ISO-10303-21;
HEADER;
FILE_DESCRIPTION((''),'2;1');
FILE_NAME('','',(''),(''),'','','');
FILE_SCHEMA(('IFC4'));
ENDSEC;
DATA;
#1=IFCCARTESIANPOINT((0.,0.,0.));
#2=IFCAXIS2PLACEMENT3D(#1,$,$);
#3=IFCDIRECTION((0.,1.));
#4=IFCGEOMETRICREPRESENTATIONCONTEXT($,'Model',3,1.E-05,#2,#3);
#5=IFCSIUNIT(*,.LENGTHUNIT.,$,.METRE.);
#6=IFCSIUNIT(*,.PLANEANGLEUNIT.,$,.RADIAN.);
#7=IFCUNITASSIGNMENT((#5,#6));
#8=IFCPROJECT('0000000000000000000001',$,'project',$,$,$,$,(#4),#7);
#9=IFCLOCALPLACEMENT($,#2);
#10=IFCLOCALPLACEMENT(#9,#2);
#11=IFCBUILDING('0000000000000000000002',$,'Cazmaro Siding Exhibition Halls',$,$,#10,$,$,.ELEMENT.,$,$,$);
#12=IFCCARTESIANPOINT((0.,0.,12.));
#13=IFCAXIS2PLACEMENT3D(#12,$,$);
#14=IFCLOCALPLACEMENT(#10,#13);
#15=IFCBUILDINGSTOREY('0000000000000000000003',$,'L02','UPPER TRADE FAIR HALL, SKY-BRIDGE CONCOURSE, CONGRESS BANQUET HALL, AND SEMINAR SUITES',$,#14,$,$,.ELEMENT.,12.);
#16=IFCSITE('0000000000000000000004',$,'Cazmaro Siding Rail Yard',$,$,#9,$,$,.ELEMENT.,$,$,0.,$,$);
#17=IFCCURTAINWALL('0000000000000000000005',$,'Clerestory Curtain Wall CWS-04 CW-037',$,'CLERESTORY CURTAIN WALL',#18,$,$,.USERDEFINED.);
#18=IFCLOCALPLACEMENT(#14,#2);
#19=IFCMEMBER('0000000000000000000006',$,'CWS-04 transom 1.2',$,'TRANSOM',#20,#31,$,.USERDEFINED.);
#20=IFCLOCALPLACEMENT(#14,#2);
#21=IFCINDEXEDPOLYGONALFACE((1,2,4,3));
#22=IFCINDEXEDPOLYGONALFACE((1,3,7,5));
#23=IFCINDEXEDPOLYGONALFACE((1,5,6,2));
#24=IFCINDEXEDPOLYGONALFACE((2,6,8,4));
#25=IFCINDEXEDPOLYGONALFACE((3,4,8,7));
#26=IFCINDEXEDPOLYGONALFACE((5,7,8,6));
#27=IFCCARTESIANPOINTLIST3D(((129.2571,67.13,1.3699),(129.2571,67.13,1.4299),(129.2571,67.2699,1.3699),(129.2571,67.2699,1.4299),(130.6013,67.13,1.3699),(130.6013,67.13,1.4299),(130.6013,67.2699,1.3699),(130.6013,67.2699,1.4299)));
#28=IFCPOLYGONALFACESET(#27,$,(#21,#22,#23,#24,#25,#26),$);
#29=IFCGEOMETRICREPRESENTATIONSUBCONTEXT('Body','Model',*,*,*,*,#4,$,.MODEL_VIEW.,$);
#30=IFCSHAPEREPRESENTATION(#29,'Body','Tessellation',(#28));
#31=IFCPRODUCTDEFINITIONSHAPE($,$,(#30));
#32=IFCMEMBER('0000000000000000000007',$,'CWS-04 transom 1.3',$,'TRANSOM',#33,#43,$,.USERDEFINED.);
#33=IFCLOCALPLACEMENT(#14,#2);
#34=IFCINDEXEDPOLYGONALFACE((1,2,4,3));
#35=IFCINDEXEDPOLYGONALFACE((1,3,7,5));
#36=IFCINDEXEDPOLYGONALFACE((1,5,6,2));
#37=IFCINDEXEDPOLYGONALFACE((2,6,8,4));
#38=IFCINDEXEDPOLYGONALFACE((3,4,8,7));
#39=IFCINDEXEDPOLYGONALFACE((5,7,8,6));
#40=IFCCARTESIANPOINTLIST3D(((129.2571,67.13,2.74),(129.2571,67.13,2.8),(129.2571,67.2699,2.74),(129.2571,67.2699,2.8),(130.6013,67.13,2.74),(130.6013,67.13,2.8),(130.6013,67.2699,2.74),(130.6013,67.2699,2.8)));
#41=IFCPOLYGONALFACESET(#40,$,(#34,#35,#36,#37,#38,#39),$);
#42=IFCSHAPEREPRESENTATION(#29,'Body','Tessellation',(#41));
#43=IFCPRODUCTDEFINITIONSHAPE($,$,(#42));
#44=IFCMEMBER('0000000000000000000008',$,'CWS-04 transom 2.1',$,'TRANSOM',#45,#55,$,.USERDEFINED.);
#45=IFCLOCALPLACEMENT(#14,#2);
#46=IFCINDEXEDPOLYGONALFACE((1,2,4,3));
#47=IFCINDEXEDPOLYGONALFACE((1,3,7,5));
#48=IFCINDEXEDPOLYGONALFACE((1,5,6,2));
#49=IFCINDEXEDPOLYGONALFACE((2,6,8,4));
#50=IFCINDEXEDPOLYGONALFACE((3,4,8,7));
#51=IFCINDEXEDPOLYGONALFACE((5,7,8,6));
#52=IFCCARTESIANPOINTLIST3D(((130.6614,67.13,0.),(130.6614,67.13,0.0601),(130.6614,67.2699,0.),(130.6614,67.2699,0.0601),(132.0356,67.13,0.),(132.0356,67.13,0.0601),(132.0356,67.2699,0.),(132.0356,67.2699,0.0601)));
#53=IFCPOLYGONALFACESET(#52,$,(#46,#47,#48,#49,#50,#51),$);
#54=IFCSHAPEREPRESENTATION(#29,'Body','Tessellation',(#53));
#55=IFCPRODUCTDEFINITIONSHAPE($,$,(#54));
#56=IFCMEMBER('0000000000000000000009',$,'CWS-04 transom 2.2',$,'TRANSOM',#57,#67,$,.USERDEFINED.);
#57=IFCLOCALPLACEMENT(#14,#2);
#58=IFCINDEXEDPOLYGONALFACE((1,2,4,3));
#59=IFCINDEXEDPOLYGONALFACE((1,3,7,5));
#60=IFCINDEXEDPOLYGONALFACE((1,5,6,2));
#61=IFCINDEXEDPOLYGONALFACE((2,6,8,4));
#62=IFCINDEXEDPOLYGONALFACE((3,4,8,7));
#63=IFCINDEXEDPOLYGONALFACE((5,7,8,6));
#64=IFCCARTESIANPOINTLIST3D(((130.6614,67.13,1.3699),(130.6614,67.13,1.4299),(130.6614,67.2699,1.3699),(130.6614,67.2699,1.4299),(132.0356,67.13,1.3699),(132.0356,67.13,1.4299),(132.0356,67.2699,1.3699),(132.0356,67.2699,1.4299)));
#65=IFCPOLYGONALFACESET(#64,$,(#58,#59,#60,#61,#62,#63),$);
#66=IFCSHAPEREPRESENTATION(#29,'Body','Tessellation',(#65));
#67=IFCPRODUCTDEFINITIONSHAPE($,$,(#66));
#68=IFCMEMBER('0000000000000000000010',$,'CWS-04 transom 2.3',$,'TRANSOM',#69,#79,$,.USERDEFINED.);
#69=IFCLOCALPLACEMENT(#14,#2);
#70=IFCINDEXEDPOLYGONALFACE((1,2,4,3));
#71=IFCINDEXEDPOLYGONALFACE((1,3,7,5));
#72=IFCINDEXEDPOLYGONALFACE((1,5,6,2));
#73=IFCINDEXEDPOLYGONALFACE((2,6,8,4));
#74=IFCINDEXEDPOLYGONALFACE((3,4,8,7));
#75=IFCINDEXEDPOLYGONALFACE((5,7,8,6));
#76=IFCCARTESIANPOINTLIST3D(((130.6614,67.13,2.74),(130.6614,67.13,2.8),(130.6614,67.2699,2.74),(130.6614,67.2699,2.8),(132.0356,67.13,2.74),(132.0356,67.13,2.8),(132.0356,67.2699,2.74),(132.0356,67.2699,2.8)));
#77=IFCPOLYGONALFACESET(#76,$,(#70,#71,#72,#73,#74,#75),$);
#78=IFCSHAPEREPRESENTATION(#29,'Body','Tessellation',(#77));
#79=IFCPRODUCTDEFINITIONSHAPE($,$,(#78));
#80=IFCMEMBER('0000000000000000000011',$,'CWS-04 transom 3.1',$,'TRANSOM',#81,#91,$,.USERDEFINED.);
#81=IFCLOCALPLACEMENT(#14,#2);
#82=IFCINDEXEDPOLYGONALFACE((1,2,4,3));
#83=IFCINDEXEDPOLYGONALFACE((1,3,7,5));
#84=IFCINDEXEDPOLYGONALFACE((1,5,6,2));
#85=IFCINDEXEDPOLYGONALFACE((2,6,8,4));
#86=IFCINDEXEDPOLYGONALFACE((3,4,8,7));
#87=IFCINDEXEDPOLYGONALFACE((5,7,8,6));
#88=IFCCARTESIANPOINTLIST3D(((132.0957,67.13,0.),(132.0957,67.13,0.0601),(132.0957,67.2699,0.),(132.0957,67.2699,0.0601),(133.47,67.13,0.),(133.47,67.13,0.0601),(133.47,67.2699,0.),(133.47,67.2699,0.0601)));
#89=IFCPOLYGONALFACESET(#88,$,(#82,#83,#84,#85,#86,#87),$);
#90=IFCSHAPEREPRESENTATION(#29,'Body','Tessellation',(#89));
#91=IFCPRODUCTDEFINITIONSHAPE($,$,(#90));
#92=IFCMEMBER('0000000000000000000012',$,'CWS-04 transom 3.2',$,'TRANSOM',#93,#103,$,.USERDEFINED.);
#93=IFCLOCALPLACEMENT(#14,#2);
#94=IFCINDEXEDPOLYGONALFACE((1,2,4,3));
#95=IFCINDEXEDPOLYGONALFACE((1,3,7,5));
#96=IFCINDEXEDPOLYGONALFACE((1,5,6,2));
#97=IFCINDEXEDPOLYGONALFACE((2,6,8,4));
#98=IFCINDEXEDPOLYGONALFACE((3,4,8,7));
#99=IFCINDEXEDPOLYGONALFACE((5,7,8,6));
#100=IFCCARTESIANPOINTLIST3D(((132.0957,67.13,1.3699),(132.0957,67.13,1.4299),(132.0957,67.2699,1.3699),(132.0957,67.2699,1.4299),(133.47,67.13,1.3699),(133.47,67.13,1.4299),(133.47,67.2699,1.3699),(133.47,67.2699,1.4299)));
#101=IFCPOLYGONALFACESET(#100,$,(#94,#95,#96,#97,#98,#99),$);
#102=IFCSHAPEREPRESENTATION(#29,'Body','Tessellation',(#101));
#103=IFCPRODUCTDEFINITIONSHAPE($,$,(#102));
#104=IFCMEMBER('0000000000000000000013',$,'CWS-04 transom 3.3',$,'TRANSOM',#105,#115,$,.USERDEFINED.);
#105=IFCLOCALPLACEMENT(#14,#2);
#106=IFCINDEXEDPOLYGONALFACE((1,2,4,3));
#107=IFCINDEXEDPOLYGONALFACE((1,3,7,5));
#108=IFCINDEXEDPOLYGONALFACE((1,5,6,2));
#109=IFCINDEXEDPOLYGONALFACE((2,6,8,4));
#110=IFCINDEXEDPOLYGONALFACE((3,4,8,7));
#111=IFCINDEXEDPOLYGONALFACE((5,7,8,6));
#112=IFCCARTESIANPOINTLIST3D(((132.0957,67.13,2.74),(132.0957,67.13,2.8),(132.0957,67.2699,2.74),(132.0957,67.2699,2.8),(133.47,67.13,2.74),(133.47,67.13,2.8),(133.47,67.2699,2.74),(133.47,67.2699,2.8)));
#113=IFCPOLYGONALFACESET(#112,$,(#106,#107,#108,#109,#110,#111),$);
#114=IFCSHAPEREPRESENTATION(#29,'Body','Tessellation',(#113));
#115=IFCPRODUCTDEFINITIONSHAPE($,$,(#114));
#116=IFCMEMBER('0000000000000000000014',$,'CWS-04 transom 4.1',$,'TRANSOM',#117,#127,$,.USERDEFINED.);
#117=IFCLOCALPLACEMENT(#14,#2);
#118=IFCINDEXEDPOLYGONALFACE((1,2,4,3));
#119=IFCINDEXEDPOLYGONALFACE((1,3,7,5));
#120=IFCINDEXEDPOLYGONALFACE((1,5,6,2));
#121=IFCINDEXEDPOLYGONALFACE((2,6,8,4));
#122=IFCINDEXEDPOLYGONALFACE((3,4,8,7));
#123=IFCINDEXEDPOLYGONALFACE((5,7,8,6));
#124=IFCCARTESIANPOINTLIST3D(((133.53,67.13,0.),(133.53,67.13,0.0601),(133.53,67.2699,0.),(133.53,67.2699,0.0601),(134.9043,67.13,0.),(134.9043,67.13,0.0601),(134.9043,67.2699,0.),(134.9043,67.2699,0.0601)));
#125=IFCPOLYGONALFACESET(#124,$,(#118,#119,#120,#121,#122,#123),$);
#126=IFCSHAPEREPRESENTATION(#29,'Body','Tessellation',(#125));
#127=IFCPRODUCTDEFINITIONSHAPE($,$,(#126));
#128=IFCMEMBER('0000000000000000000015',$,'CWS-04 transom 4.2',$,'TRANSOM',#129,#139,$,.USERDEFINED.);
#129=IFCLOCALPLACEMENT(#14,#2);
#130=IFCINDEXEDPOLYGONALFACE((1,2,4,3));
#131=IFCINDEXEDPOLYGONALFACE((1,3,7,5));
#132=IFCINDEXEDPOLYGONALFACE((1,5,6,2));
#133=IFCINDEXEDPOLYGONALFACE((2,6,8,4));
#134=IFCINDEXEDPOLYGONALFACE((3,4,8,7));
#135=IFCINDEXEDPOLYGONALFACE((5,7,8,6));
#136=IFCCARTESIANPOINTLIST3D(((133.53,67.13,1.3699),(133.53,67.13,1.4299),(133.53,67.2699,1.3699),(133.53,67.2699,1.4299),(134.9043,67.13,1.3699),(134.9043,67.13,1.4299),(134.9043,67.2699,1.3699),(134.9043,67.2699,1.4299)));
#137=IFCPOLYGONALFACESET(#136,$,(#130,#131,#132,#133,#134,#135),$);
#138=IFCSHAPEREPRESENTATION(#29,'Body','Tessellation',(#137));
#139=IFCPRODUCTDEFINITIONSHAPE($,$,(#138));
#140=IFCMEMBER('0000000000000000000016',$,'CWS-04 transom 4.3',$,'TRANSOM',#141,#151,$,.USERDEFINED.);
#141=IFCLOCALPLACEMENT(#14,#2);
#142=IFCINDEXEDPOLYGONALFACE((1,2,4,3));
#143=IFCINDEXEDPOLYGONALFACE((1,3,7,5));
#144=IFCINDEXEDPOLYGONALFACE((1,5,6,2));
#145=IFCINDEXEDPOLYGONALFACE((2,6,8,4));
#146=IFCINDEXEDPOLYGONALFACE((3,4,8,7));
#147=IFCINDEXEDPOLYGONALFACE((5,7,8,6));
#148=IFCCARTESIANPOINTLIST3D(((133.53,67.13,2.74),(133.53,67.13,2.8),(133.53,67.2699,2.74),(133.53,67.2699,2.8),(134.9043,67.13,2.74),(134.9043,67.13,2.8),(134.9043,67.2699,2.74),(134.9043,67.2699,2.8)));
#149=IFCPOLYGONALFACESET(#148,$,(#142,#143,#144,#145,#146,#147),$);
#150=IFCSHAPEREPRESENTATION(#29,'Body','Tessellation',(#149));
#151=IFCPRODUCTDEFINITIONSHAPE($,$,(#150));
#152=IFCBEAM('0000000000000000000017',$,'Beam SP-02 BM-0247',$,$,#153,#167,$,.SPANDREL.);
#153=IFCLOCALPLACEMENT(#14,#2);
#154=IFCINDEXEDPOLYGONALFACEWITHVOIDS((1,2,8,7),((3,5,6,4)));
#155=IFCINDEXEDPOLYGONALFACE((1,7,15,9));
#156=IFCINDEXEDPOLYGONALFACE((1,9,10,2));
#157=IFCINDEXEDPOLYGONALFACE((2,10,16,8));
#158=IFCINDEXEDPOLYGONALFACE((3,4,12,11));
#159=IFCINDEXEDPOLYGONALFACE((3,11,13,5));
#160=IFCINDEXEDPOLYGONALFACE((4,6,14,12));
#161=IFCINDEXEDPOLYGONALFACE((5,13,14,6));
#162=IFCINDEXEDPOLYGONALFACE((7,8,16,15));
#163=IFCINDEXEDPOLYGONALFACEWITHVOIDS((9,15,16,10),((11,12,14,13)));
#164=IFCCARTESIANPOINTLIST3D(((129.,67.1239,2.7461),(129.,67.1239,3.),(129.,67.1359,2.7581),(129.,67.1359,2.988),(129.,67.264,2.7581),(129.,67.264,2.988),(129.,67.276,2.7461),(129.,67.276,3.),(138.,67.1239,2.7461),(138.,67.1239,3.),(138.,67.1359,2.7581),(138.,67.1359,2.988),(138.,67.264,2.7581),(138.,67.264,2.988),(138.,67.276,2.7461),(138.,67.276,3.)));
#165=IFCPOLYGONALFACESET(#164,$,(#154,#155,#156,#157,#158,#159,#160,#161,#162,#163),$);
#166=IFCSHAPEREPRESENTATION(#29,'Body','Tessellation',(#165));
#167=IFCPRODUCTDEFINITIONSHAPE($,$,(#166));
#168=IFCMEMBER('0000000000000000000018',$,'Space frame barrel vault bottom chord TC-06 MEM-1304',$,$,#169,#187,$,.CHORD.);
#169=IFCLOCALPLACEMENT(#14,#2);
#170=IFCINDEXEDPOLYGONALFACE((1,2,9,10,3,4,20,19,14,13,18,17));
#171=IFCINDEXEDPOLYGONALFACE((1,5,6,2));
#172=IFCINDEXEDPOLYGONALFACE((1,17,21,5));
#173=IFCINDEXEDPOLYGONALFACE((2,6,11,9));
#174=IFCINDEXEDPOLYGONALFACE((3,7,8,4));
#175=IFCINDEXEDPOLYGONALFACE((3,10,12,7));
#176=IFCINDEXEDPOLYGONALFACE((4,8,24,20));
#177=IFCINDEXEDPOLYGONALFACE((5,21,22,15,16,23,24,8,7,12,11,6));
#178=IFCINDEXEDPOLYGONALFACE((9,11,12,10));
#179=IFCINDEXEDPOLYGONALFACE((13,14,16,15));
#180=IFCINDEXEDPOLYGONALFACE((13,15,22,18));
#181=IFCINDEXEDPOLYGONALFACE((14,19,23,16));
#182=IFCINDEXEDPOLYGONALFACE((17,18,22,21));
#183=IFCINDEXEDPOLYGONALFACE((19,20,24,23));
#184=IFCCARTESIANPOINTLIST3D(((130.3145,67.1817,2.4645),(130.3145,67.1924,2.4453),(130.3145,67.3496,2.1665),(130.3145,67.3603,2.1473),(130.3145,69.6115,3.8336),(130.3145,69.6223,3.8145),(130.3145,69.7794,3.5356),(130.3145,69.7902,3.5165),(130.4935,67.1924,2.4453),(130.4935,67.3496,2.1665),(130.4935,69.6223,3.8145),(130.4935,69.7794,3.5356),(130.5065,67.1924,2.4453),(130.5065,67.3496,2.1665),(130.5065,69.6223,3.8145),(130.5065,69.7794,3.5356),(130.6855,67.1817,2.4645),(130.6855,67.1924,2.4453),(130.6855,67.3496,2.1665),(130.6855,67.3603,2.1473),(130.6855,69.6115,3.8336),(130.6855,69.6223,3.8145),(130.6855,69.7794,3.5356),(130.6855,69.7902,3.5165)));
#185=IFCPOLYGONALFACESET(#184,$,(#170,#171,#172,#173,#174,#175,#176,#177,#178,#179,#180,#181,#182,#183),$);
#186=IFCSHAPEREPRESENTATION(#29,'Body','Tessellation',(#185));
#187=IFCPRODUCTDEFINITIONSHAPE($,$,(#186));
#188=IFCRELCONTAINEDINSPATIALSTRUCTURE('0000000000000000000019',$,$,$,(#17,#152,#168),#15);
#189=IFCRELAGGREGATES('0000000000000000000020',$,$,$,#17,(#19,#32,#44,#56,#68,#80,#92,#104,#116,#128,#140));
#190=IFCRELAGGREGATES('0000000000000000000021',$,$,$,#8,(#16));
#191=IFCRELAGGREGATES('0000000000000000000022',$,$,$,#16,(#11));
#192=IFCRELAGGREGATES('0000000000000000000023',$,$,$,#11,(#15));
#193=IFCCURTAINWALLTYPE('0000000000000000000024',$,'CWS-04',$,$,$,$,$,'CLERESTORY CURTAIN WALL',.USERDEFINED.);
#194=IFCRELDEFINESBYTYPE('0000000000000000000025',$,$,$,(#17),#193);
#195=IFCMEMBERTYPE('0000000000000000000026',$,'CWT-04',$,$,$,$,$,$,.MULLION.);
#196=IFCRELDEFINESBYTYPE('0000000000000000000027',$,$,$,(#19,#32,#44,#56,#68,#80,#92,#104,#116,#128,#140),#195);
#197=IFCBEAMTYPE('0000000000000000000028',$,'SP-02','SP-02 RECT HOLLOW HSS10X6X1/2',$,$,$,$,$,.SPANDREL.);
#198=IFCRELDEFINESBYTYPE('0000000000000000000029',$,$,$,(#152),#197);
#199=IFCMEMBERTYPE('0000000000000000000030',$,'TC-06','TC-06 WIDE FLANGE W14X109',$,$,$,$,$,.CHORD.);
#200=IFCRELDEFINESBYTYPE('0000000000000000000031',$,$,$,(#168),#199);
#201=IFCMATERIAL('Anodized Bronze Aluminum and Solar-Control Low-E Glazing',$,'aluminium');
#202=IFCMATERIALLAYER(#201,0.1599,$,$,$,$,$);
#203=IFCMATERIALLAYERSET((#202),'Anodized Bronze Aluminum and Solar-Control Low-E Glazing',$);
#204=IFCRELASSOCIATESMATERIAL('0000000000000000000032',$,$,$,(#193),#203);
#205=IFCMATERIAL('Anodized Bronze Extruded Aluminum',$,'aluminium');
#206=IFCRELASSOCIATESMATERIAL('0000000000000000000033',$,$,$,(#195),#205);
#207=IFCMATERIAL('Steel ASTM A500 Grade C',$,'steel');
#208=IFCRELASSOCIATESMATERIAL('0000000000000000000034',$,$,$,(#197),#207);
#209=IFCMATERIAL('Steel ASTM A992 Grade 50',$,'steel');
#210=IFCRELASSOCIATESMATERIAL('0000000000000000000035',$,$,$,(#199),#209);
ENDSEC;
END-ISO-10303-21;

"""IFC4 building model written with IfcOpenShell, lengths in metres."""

from ifc_helpers import new_model, si_unit, direction, frame, origin, origin_2d, place, context, subcontext, project, spatial, rectangle, hollow_rectangle, i_section, extrude, material, layer, layer_set, material_profile, profile_set, type_object, element, aggregate, save


model = new_model("IFC4")

# Units and contexts
model_context = context("Model", 3, precision=1e-05, world=origin(), true_north=direction((0.0, 1.0)))
body_context = subcontext(model_context, "Body", "Model", "MODEL_VIEW")
ifc_project = project(units=[si_unit("LENGTHUNIT", "METRE"), si_unit("PLANEANGLEUNIT", "RADIAN")], contexts=[model_context])

# Site, building, storey
site_placement = place(None, origin())
site = spatial("IfcSite", under=ifc_project, at=site_placement, Name="Cazmaro Siding Rail Yard", CompositionType="ELEMENT", RefElevation=0.0)
building_placement = place(site_placement, origin())
building = spatial("IfcBuilding", under=site, at=building_placement, Name="Cazmaro Siding Exhibition Halls", CompositionType="ELEMENT")
storey_placement = place(building_placement, frame((0.0, 0.0, 12.0)))
storey = spatial("IfcBuildingStorey", under=building, at=storey_placement, Name="L02", Description="UPPER TRADE FAIR HALL, SKY-BRIDGE CONCOURSE, CONGRESS BANQUET HALL, AND SEMINAR SUITES", CompositionType="ELEMENT", Elevation=12.0)

# Shared definitions
ifc_material_1 = material(Name="Anodized Bronze Aluminum and Solar-Control Low-E Glazing", Category="aluminium")
ifc_layer_1 = layer(ifc_material_1, 0.1599)
ifc_layer_set_1 = layer_set([ifc_layer_1], Name="Anodized Bronze Aluminum and Solar-Control Low-E Glazing")
curtain_wall_type = type_object("IfcCurtainWallType", Name="CWS-04", ElementType="CLERESTORY CURTAIN WALL", PredefinedType="USERDEFINED", material=ifc_layer_set_1)

# Curtain wall
curtain_wall_1_placement = place(storey_placement, origin())
curtain_wall_1 = element("IfcCurtainWall", 1, at=curtain_wall_1_placement, inside=storey, type_object=curtain_wall_type, Name="Clerestory Curtain Wall CWS-04 CW-037", ObjectType="CLERESTORY CURTAIN WALL", PredefinedType="USERDEFINED")

# Members
ifc_material_2 = material(Name="Anodized Bronze Extruded Aluminum", Category="aluminium")
ifc_material_profile_1 = material_profile(ifc_material_2, rectangle(XDim=0.1399, YDim=0.0601, at=origin_2d()), Name="CWT-04")
ifc_profile_set_1 = profile_set([ifc_material_profile_1], Name="Anodized Bronze Extruded Aluminum")
member_type_1 = type_object("IfcMemberType", Name="CWT-04", PredefinedType="MULLION", material=ifc_profile_set_1)
member_1_placement = place(storey_placement, frame((129.2571, 67.2, 1.3999), z_axis=(1.0, 0.0, 0.0), x_axis=(0.0, 1.0, 0.0)))
member_1 = element("IfcMember", 2, at=member_1_placement, type_object=member_type_1, Name="CWS-04 transom 1.2", ObjectType="TRANSOM", PredefinedType="USERDEFINED", context=body_context, shape_type="SweptSolid", body=[
    extrude(rectangle(XDim=0.1399, YDim=0.0601, at=origin_2d()), origin(), (0.0, 0.0, 1.0), 1.3442),
])
member_2_placement = place(storey_placement, frame((129.2571, 67.2, 2.77), z_axis=(1.0, 0.0, 0.0), x_axis=(0.0, 1.0, 0.0)))
member_2 = element("IfcMember", 3, at=member_2_placement, type_object=member_type_1, Name="CWS-04 transom 1.3", ObjectType="TRANSOM", PredefinedType="USERDEFINED", context=body_context, shape_type="SweptSolid", body=[
    extrude(rectangle(XDim=0.1399, YDim=0.0601, at=origin_2d()), origin(), (0.0, 0.0, 1.0), 1.3442),
])
member_3_placement = place(storey_placement, frame((130.6614, 67.2, 0.03), z_axis=(1.0, 0.0, 0.0), x_axis=(0.0, 1.0, 0.0)))
member_3 = element("IfcMember", 4, at=member_3_placement, type_object=member_type_1, Name="CWS-04 transom 2.1", ObjectType="TRANSOM", PredefinedType="USERDEFINED", context=body_context, shape_type="SweptSolid", body=[
    extrude(rectangle(XDim=0.1399, YDim=0.0601, at=origin_2d()), origin(), (0.0, 0.0, 1.0), 1.3743),
])
member_4_placement = place(storey_placement, frame((130.6614, 67.2, 1.3999), z_axis=(1.0, 0.0, 0.0), x_axis=(0.0, 1.0, 0.0)))
member_4 = element("IfcMember", 5, at=member_4_placement, type_object=member_type_1, Name="CWS-04 transom 2.2", ObjectType="TRANSOM", PredefinedType="USERDEFINED", context=body_context, shape_type="SweptSolid", body=[
    extrude(rectangle(XDim=0.1399, YDim=0.0601, at=origin_2d()), origin(), (0.0, 0.0, 1.0), 1.3743),
])
member_5_placement = place(storey_placement, frame((130.6614, 67.2, 2.77), z_axis=(1.0, 0.0, 0.0), x_axis=(0.0, 1.0, 0.0)))
member_5 = element("IfcMember", 6, at=member_5_placement, type_object=member_type_1, Name="CWS-04 transom 2.3", ObjectType="TRANSOM", PredefinedType="USERDEFINED", context=body_context, shape_type="SweptSolid", body=[
    extrude(rectangle(XDim=0.1399, YDim=0.0601, at=origin_2d()), origin(), (0.0, 0.0, 1.0), 1.3743),
])
member_6_placement = place(storey_placement, frame((132.0957, 67.2, 0.03), z_axis=(1.0, 0.0, 0.0), x_axis=(0.0, 1.0, 0.0)))
member_6 = element("IfcMember", 7, at=member_6_placement, type_object=member_type_1, Name="CWS-04 transom 3.1", ObjectType="TRANSOM", PredefinedType="USERDEFINED", context=body_context, shape_type="SweptSolid", body=[
    extrude(rectangle(XDim=0.1399, YDim=0.0601, at=origin_2d()), origin(), (0.0, 0.0, 1.0), 1.3743),
])
member_7_placement = place(storey_placement, frame((132.0957, 67.2, 1.3999), z_axis=(1.0, 0.0, 0.0), x_axis=(0.0, 1.0, 0.0)))
member_7 = element("IfcMember", 8, at=member_7_placement, type_object=member_type_1, Name="CWS-04 transom 3.2", ObjectType="TRANSOM", PredefinedType="USERDEFINED", context=body_context, shape_type="SweptSolid", body=[
    extrude(rectangle(XDim=0.1399, YDim=0.0601, at=origin_2d()), origin(), (0.0, 0.0, 1.0), 1.3743),
])
member_8_placement = place(storey_placement, frame((132.0957, 67.2, 2.77), z_axis=(1.0, 0.0, 0.0), x_axis=(0.0, 1.0, 0.0)))
member_8 = element("IfcMember", 9, at=member_8_placement, type_object=member_type_1, Name="CWS-04 transom 3.3", ObjectType="TRANSOM", PredefinedType="USERDEFINED", context=body_context, shape_type="SweptSolid", body=[
    extrude(rectangle(XDim=0.1399, YDim=0.0601, at=origin_2d()), origin(), (0.0, 0.0, 1.0), 1.3743),
])
member_9_placement = place(storey_placement, frame((133.53, 67.2, 0.03), z_axis=(1.0, 0.0, 0.0), x_axis=(0.0, 1.0, 0.0)))
member_9 = element("IfcMember", 10, at=member_9_placement, type_object=member_type_1, Name="CWS-04 transom 4.1", ObjectType="TRANSOM", PredefinedType="USERDEFINED", context=body_context, shape_type="SweptSolid", body=[
    extrude(rectangle(XDim=0.1399, YDim=0.0601, at=origin_2d()), origin(), (0.0, 0.0, 1.0), 1.3743),
])
member_10_placement = place(storey_placement, frame((133.53, 67.2, 1.3999), z_axis=(1.0, 0.0, 0.0), x_axis=(0.0, 1.0, 0.0)))
member_10 = element("IfcMember", 11, at=member_10_placement, type_object=member_type_1, Name="CWS-04 transom 4.2", ObjectType="TRANSOM", PredefinedType="USERDEFINED", context=body_context, shape_type="SweptSolid", body=[
    extrude(rectangle(XDim=0.1399, YDim=0.0601, at=origin_2d()), origin(), (0.0, 0.0, 1.0), 1.3743),
])
member_11_placement = place(storey_placement, frame((133.53, 67.2, 2.77), z_axis=(1.0, 0.0, 0.0), x_axis=(0.0, 1.0, 0.0)))
member_11 = element("IfcMember", 12, at=member_11_placement, type_object=member_type_1, Name="CWS-04 transom 4.3", ObjectType="TRANSOM", PredefinedType="USERDEFINED", context=body_context, shape_type="SweptSolid", body=[
    extrude(rectangle(XDim=0.1399, YDim=0.0601, at=origin_2d()), origin(), (0.0, 0.0, 1.0), 1.3743),
])

# Beam
ifc_material_3 = material(Name="Steel ASTM A500 Grade C", Category="steel")
ifc_material_profile_2 = material_profile(ifc_material_3, hollow_rectangle(XDim=0.1521, YDim=0.2539, WallThickness=0.012, at=origin_2d()), Name="HSS10X6X1/2")
ifc_profile_set_2 = profile_set([ifc_material_profile_2], Name="Steel ASTM A500 Grade C")
beam_type_1 = type_object("IfcBeamType", Name="SP-02", Description="SP-02 RECT HOLLOW HSS10X6X1/2", PredefinedType="SPANDREL", material=ifc_profile_set_2)
beam_1_placement = place(storey_placement, frame((129.0, 67.2, 2.873), z_axis=(1.0, 0.0, 0.0), x_axis=(0.0, 1.0, 0.0)))
element("IfcBeam", 13, at=beam_1_placement, inside=storey, type_object=beam_type_1, Name="Beam SP-02 BM-0247", PredefinedType="SPANDREL", context=body_context, shape_type="SweptSolid", body=[
    extrude(hollow_rectangle(XDim=0.1521, YDim=0.2539, WallThickness=0.012, at=origin_2d()), origin(), (0.0, 0.0, 1.0), 9.0),
])

# Member
ifc_material_4 = material(Name="Steel ASTM A992 Grade 50", Category="steel")
ifc_material_profile_3 = material_profile(ifc_material_4, i_section(OverallWidth=0.3711, OverallDepth=0.364, WebThickness=0.0129, FlangeThickness=0.022, at=origin_2d()), Name="W14X109")
ifc_profile_set_3 = profile_set([ifc_material_profile_3], Name="Steel ASTM A992 Grade 50")
member_type_2 = type_object("IfcMemberType", Name="TC-06", Description="TC-06 WIDE FLANGE W14X109", PredefinedType="CHORD", material=ifc_profile_set_3)
member_12_placement = place(storey_placement, frame((130.5, 67.271, 2.3059), z_axis=(0.0, 0.871222, 0.490889), x_axis=(-1.0, 0.0, 0.0)))
element("IfcMember", 14, at=member_12_placement, inside=storey, type_object=member_type_2, Name="Space frame barrel vault bottom chord TC-06 MEM-1304", PredefinedType="CHORD", context=body_context, shape_type="SweptSolid", body=[
    extrude(i_section(OverallWidth=0.3711, OverallDepth=0.364, WebThickness=0.0129, FlangeThickness=0.022, at=origin_2d()), origin(), (0.0, 0.0, 1.0), 2.7891),
])

aggregate(curtain_wall_1, [member_1, member_2, member_3, member_4, member_5, member_6, member_7, member_8, member_9, member_10, member_11])

save(model, "model.ifc")
